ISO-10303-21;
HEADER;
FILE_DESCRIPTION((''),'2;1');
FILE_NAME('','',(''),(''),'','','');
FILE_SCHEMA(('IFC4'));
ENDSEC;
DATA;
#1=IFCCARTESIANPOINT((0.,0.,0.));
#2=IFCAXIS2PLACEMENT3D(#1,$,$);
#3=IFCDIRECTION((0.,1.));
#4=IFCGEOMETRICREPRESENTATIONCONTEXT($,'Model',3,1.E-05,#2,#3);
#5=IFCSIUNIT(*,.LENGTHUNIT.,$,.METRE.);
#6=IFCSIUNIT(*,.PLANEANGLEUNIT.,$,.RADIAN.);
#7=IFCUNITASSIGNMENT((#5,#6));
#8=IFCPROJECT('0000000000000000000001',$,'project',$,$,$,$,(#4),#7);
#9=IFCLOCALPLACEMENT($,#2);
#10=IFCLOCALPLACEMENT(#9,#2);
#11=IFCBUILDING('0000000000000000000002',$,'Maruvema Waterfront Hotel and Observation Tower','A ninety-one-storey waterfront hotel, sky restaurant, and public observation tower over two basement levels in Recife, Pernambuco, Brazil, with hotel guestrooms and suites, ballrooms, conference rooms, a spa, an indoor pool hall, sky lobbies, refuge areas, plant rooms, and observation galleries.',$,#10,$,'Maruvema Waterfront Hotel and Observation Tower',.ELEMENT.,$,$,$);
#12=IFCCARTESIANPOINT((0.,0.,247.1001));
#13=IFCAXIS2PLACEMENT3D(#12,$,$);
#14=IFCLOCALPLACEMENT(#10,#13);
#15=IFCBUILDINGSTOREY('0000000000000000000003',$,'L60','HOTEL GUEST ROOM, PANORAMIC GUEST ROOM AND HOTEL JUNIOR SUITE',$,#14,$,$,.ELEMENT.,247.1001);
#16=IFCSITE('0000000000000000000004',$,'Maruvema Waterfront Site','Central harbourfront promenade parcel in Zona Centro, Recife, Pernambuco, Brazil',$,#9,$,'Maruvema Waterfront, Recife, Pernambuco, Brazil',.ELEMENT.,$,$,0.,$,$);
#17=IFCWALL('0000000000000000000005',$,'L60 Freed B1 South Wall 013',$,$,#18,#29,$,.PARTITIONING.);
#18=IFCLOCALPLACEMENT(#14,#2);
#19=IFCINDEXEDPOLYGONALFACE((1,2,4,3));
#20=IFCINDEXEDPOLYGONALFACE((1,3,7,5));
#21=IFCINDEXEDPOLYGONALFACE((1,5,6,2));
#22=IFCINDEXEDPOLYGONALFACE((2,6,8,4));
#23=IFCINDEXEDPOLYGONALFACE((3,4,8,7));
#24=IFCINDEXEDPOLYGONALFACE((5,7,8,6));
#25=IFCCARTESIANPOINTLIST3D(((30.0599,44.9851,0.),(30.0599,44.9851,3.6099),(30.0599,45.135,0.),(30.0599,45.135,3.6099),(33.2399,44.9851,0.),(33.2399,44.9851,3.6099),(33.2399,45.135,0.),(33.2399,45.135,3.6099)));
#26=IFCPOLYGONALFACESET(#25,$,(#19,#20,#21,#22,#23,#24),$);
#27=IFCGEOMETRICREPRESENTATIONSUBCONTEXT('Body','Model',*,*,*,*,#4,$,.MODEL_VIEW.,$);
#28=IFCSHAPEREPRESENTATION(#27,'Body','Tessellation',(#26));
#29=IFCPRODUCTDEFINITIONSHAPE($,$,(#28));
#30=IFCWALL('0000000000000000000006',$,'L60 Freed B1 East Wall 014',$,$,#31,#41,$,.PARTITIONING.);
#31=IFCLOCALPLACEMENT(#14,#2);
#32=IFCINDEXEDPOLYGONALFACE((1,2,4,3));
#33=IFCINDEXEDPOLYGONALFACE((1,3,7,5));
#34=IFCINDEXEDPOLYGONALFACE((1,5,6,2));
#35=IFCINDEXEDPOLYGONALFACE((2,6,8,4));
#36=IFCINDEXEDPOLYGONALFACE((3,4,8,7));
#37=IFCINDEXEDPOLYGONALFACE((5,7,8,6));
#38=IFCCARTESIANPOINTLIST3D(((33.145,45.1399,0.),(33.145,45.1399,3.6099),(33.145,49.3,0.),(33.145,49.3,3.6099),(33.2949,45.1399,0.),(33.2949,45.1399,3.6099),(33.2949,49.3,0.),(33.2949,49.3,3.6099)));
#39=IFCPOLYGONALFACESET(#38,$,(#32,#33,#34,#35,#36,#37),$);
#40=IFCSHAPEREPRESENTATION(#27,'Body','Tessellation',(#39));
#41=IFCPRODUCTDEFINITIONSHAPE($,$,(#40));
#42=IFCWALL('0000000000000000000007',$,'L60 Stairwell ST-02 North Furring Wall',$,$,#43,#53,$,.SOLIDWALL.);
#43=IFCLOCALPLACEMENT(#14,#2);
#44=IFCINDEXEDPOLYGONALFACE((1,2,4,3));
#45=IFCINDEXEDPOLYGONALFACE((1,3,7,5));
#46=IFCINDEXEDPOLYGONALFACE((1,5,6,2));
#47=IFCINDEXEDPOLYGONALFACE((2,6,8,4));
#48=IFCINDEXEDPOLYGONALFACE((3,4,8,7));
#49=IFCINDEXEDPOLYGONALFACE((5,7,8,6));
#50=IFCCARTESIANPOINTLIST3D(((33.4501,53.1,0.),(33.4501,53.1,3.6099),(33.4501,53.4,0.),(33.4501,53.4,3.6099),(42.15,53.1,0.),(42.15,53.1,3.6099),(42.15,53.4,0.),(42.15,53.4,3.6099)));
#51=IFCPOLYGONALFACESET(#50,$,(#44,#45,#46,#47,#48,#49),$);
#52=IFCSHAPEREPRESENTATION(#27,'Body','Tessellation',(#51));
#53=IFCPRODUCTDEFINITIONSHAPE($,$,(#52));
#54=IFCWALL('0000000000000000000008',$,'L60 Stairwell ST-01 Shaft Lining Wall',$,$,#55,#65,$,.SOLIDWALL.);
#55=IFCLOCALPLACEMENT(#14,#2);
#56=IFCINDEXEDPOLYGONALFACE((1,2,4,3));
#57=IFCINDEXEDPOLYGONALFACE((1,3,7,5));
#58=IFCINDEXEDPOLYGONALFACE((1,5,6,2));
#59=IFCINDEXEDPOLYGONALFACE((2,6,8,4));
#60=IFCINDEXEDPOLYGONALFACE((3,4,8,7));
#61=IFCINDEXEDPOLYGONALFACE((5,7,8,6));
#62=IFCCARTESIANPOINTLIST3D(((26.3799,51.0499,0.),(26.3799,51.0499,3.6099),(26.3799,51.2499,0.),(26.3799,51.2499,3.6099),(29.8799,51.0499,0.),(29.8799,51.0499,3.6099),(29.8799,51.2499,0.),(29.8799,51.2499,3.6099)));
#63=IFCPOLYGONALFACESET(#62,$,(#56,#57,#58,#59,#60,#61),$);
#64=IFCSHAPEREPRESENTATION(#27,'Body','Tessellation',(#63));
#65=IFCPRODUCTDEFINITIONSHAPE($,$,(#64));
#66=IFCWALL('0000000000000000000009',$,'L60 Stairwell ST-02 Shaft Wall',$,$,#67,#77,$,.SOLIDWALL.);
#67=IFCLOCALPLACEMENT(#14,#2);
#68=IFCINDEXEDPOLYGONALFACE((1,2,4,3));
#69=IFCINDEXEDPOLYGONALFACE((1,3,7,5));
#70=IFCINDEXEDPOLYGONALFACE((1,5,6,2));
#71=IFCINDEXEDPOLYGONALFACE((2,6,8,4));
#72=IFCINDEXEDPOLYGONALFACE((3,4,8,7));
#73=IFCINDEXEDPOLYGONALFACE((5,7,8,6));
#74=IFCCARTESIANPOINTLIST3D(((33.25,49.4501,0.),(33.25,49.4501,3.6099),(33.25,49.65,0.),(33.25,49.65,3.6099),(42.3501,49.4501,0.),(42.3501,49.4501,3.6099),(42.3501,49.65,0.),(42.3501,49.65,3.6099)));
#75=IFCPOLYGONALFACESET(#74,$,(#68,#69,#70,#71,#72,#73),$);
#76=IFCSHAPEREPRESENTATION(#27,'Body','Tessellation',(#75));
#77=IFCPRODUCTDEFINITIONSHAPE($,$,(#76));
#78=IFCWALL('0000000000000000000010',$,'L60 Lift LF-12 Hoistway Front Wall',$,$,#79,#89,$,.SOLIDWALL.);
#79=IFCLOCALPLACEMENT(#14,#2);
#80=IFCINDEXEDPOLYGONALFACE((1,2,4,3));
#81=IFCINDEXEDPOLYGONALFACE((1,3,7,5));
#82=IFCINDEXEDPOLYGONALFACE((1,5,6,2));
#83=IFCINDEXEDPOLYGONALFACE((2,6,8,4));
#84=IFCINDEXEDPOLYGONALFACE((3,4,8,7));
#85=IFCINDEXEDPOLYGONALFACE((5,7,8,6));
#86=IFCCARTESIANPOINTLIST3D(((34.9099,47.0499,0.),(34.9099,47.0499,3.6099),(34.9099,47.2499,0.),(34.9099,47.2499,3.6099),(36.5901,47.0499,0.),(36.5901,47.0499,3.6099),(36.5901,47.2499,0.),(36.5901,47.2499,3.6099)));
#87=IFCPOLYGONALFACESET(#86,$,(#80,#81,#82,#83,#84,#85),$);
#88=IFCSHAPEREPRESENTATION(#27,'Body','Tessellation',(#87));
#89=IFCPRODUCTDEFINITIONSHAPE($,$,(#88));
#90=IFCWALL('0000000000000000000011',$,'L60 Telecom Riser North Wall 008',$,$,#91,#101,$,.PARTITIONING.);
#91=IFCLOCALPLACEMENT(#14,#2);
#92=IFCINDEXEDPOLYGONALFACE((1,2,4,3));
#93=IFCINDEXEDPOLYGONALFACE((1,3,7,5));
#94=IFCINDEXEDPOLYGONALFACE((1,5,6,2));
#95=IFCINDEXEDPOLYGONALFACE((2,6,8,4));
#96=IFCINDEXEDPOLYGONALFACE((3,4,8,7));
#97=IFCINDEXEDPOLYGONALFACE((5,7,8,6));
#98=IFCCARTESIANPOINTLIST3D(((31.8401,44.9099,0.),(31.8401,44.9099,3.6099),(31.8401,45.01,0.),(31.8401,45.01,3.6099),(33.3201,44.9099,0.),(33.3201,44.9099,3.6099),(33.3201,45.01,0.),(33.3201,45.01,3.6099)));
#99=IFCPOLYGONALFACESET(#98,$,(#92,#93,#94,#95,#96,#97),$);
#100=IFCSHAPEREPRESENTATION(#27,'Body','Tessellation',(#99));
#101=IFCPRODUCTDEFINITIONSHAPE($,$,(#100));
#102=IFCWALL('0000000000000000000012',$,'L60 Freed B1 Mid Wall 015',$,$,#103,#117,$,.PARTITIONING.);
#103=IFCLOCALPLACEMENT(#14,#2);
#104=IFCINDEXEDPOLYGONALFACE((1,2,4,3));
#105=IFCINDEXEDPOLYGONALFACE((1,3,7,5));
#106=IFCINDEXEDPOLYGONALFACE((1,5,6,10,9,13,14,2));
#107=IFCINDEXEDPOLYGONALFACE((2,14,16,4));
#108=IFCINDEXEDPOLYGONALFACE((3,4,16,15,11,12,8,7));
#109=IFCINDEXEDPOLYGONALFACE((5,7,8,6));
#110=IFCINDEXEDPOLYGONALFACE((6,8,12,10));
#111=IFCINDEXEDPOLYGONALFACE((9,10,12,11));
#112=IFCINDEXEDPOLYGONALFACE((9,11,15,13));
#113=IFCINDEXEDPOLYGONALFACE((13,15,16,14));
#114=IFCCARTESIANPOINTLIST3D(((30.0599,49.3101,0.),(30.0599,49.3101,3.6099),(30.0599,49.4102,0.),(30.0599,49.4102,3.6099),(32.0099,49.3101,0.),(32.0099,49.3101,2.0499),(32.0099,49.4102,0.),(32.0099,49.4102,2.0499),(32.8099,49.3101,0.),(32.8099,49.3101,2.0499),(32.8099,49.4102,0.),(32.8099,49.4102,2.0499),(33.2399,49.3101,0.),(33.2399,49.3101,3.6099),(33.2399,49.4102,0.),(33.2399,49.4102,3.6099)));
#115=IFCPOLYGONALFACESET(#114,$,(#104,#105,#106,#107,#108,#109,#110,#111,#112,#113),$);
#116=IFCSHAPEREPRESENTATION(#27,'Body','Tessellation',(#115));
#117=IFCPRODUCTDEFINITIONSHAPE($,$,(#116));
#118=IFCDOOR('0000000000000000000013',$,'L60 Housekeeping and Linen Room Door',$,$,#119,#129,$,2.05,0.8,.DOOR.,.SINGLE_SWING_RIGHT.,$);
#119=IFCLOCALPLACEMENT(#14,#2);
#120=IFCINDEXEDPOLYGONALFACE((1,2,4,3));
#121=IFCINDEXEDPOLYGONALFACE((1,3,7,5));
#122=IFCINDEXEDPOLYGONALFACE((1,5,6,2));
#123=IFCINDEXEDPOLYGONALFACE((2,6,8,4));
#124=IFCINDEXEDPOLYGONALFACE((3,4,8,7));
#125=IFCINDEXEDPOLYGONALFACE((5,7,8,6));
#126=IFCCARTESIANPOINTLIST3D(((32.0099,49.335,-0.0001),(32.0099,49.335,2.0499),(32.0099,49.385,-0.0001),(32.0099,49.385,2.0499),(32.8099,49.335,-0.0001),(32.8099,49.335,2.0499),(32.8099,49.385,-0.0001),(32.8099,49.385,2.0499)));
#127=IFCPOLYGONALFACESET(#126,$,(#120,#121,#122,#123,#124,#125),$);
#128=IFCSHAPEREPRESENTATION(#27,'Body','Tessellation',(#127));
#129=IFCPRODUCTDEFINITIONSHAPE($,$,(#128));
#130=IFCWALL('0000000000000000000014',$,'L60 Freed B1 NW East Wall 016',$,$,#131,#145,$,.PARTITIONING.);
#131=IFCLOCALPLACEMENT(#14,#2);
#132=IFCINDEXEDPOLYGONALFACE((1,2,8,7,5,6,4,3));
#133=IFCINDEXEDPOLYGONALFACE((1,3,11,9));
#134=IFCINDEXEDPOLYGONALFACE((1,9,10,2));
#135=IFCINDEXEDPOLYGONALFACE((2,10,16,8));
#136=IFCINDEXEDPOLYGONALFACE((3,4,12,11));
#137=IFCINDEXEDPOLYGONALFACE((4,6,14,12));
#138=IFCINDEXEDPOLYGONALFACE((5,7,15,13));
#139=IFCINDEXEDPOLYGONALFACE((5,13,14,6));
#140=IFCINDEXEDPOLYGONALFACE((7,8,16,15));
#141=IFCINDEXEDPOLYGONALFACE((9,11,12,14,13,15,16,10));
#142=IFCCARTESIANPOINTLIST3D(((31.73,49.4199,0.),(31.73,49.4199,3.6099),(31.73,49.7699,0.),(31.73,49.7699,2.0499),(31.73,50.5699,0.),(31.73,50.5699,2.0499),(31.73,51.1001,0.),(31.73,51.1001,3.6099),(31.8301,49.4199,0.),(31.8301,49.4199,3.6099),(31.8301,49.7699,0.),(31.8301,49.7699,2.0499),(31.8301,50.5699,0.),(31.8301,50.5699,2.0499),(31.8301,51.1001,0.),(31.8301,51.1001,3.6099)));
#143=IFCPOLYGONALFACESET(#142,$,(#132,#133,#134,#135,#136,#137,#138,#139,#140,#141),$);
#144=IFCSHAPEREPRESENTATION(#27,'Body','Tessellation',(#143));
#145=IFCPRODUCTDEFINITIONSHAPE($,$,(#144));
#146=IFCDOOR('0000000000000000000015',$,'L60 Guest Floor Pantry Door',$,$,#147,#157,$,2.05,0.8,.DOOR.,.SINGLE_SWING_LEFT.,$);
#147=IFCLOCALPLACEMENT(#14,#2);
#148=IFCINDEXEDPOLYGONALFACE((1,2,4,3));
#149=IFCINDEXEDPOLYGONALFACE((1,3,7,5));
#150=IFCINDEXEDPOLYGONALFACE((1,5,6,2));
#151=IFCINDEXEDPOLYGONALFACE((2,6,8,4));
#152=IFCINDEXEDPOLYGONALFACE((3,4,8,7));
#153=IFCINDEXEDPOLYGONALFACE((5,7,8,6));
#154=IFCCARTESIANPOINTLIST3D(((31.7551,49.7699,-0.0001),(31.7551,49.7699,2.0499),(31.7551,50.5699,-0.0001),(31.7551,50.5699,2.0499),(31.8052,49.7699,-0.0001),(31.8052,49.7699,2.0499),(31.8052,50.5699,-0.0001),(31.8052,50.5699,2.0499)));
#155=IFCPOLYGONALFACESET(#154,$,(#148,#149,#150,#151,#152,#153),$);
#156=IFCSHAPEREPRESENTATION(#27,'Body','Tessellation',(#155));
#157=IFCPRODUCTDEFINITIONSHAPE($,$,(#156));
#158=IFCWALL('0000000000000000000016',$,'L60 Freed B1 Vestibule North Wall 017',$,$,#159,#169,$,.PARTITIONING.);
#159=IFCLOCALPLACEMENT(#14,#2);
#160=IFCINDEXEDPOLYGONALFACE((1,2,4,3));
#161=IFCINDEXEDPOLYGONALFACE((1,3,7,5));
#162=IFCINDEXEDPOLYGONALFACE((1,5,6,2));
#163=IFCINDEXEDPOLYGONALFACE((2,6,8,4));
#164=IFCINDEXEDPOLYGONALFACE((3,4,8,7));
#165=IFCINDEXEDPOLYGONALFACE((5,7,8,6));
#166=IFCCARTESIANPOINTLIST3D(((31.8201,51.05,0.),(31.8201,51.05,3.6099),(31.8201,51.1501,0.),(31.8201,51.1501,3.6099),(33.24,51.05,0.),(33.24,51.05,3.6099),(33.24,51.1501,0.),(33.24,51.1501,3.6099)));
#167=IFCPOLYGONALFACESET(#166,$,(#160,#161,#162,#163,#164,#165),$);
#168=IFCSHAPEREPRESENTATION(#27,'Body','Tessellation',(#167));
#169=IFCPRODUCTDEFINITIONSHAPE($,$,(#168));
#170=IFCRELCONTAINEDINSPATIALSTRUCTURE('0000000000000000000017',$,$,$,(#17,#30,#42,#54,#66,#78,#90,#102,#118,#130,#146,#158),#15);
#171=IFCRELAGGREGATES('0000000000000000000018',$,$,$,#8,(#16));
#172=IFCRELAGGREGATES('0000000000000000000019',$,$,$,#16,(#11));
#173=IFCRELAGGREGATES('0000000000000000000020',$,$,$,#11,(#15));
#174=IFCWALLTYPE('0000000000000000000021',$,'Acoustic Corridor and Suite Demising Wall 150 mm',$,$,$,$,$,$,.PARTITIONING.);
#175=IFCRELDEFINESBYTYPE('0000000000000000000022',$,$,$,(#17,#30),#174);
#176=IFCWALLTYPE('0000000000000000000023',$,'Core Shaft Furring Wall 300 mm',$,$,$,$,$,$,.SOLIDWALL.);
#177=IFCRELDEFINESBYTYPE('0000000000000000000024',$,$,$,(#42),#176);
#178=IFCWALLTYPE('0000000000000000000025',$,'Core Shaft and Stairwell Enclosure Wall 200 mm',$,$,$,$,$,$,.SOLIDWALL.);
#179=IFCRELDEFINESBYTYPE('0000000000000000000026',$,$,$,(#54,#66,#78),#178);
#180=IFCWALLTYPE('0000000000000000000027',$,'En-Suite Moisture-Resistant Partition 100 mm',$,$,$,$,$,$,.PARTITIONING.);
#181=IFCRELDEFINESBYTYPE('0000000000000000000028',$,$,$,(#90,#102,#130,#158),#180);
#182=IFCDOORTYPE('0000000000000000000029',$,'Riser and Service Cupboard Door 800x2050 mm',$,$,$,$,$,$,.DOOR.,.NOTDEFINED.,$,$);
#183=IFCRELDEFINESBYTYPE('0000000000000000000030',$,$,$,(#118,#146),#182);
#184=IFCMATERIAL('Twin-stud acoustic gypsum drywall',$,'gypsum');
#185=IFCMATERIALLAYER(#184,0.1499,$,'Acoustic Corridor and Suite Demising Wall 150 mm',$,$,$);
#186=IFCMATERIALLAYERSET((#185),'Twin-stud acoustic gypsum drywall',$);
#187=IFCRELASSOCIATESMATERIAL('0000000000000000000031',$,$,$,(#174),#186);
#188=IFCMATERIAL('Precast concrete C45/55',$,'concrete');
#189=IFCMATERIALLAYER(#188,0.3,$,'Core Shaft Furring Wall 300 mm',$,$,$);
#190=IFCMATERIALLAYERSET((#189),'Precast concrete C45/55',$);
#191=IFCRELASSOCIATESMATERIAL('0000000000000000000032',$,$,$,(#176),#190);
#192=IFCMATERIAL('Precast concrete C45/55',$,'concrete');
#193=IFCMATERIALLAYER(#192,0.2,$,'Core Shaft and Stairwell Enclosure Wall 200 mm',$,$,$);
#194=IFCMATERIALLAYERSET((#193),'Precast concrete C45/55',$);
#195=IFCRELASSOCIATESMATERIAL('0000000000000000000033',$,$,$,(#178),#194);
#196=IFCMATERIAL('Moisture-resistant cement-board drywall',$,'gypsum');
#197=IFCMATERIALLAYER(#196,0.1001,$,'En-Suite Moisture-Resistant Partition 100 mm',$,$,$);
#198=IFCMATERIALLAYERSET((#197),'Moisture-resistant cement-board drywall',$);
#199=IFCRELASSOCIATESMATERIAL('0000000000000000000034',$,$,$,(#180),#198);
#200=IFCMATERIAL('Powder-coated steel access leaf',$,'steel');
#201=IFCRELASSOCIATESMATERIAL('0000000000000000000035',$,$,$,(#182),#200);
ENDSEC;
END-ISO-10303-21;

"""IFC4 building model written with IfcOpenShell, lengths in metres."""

from ifc_helpers import new_model, si_unit, direction, frame, frame_2d, origin, place, context, subcontext, project, spatial, rectangle, extrude, material, layer, layer_set, type_object, element, fill, save


model = new_model("IFC4")

# Units and contexts
model_context = context("Model", 3, precision=1e-05, world=origin(), true_north=direction((0.0, 1.0)))
body_context = subcontext(model_context, "Body", "Model", "MODEL_VIEW")
ifc_project = project(units=[si_unit("LENGTHUNIT", "METRE"), si_unit("PLANEANGLEUNIT", "RADIAN")], contexts=[model_context])

# Site, building, storey
site_placement = place(None, origin())
site = spatial("IfcSite", under=ifc_project, at=site_placement, Name="Maruvema Waterfront Site", Description="Central harbourfront promenade parcel in Zona Centro, Recife, Pernambuco, Brazil", LongName="Maruvema Waterfront, Recife, Pernambuco, Brazil", CompositionType="ELEMENT", RefElevation=0.0)
building_placement = place(site_placement, origin())
building = spatial("IfcBuilding", under=site, at=building_placement, Name="Maruvema Waterfront Hotel and Observation Tower", Description="A ninety-one-storey waterfront hotel, sky restaurant, and public observation tower over two basement levels in Recife, Pernambuco, Brazil, with hotel guestrooms and suites, ballrooms, conference rooms, a spa, an indoor pool hall, sky lobbies, refuge areas, plant rooms, and observation galleries.", LongName="Maruvema Waterfront Hotel and Observation Tower", CompositionType="ELEMENT")
storey_placement = place(building_placement, frame((0.0, 0.0, 247.1001)))
storey = spatial("IfcBuildingStorey", under=building, at=storey_placement, Name="L60", Description="HOTEL GUEST ROOM, PANORAMIC GUEST ROOM AND HOTEL JUNIOR SUITE", CompositionType="ELEMENT", Elevation=247.1001)

# Walls
ifc_material_1 = material(Name="Twin-stud acoustic gypsum drywall", Category="gypsum")
ifc_layer_1 = layer(ifc_material_1, 0.1499, Name="Acoustic Corridor and Suite Demising Wall 150 mm")
ifc_layer_set_1 = layer_set([ifc_layer_1], Name="Twin-stud acoustic gypsum drywall")
wall_type_1 = type_object("IfcWallType", Name="Acoustic Corridor and Suite Demising Wall 150 mm", PredefinedType="PARTITIONING", material=ifc_layer_set_1)
wall_1_placement = place(storey_placement, frame((30.0601, 45.0601, 0.0), z_axis=(0.0, 0.0, 1.0), x_axis=(1.0, 0.0, 0.0)))
element("IfcWall", 1, at=wall_1_placement, inside=storey, type_object=wall_type_1, Name="L60 Freed B1 South Wall 013", PredefinedType="PARTITIONING", context=body_context, shape_type="SweptSolid", body=[
    extrude(rectangle(XDim=3.1799, YDim=0.1499, at=frame_2d((1.5898, 0.0))), origin(), (0.0, 0.0, 1.0), 3.6099),
])
wall_2_placement = place(storey_placement, frame((33.22, 45.1399, 0.0), z_axis=(0.0, 0.0, 1.0), x_axis=(0.0, 1.0, 0.0)))
element("IfcWall", 2, at=wall_2_placement, inside=storey, type_object=wall_type_1, Name="L60 Freed B1 East Wall 014", PredefinedType="PARTITIONING", context=body_context, shape_type="SweptSolid", body=[
    extrude(rectangle(XDim=4.1602, YDim=0.1499, at=frame_2d((2.0801, 0.0))), origin(), (0.0, 0.0, 1.0), 3.6099),
])
ifc_material_2 = material(Name="Precast concrete C45/55", Category="concrete")
ifc_layer_2 = layer(ifc_material_2, 0.3, Name="Core Shaft Furring Wall 300 mm")
ifc_layer_set_2 = layer_set([ifc_layer_2], Name="Precast concrete C45/55")
wall_type_2 = type_object("IfcWallType", Name="Core Shaft Furring Wall 300 mm", PredefinedType="SOLIDWALL", material=ifc_layer_set_2)
wall_3_placement = place(storey_placement, frame((33.45, 53.25, 0.0), z_axis=(0.0, 0.0, 1.0), x_axis=(1.0, 0.0, 0.0)))
element("IfcWall", 3, at=wall_3_placement, inside=storey, type_object=wall_type_2, Name="L60 Stairwell ST-02 North Furring Wall", PredefinedType="SOLIDWALL", context=body_context, shape_type="SweptSolid", body=[
    extrude(rectangle(XDim=8.7, YDim=0.3, at=frame_2d((4.3501, 0.0))), origin(), (0.0, 0.0, 1.0), 3.6099),
])
ifc_material_3 = material(Name="Precast concrete C45/55", Category="concrete")
ifc_layer_3 = layer(ifc_material_3, 0.2, Name="Core Shaft and Stairwell Enclosure Wall 200 mm")
ifc_layer_set_3 = layer_set([ifc_layer_3], Name="Precast concrete C45/55")
wall_type_3 = type_object("IfcWallType", Name="Core Shaft and Stairwell Enclosure Wall 200 mm", PredefinedType="SOLIDWALL", material=ifc_layer_set_3)
wall_4_placement = place(storey_placement, frame((26.3799, 51.1499, 0.0), z_axis=(0.0, 0.0, 1.0), x_axis=(1.0, 0.0, 0.0)))
element("IfcWall", 4, at=wall_4_placement, inside=storey, type_object=wall_type_3, Name="L60 Stairwell ST-01 Shaft Lining Wall", PredefinedType="SOLIDWALL", context=body_context, shape_type="SweptSolid", body=[
    extrude(rectangle(XDim=3.5, YDim=0.2, at=frame_2d((1.75, 0.0))), origin(), (0.0, 0.0, 1.0), 3.6099),
])
wall_5_placement = place(storey_placement, frame((33.25, 49.55, 0.0), z_axis=(0.0, 0.0, 1.0), x_axis=(1.0, 0.0, 0.0)))
element("IfcWall", 5, at=wall_5_placement, inside=storey, type_object=wall_type_3, Name="L60 Stairwell ST-02 Shaft Wall", PredefinedType="SOLIDWALL", context=body_context, shape_type="SweptSolid", body=[
    extrude(rectangle(XDim=9.1001, YDim=0.2, at=frame_2d((4.55, 0.0))), origin(), (0.0, 0.0, 1.0), 3.6099),
])

# Walls
wall_6_placement = place(storey_placement, frame((34.9099, 47.1499, 0.0), z_axis=(0.0, 0.0, 1.0), x_axis=(1.0, 0.0, 0.0)))
element("IfcWall", 6, at=wall_6_placement, inside=storey, type_object=wall_type_3, Name="L60 Lift LF-12 Hoistway Front Wall", PredefinedType="SOLIDWALL", context=body_context, shape_type="SweptSolid", body=[
    extrude(rectangle(XDim=1.6802, YDim=0.2, at=frame_2d((0.8401, 0.0))), origin(), (0.0, 0.0, 1.0), 3.6099),
])
ifc_material_4 = material(Name="Moisture-resistant cement-board drywall", Category="gypsum")
ifc_layer_4 = layer(ifc_material_4, 0.1001, Name="En-Suite Moisture-Resistant Partition 100 mm")
ifc_layer_set_4 = layer_set([ifc_layer_4], Name="Moisture-resistant cement-board drywall")
wall_type_4 = type_object("IfcWallType", Name="En-Suite Moisture-Resistant Partition 100 mm", PredefinedType="PARTITIONING", material=ifc_layer_set_4)
wall_7_placement = place(storey_placement, frame((31.8401, 44.96, 0.0), z_axis=(0.0, 0.0, 1.0), x_axis=(1.0, 0.0, 0.0)))
element("IfcWall", 7, at=wall_7_placement, inside=storey, type_object=wall_type_4, Name="L60 Telecom Riser North Wall 008", PredefinedType="PARTITIONING", context=body_context, shape_type="SweptSolid", body=[
    extrude(rectangle(XDim=1.48, YDim=0.1001, at=frame_2d((0.74, 0.0))), origin(), (0.0, 0.0, 1.0), 3.6099),
])

# Walls, openings, doors
wall_8_placement = place(storey_placement, frame((30.0601, 49.3601, 0.0), z_axis=(0.0, 0.0, 1.0), x_axis=(1.0, 0.0, 0.0)))
wall_8 = element("IfcWall", 8, at=wall_8_placement, inside=storey, type_object=wall_type_4, Name="L60 Freed B1 Mid Wall 015", PredefinedType="PARTITIONING", context=body_context, shape_type="SweptSolid", body=[
    extrude(rectangle(XDim=3.1799, YDim=0.1001, at=frame_2d((1.5898, 0.0))), origin(), (0.0, 0.0, 1.0), 3.6099),
])
opening_1_placement = place(wall_8_placement, frame((1.95, 0.0, 0.0)))
opening_1 = element("IfcOpeningElement", 9, at=opening_1_placement, cuts=wall_8, PredefinedType="OPENING", context=body_context, shape_type="SweptSolid", body=[
    extrude(rectangle(XDim=0.8, YDim=2.05, at=frame_2d((0.3999, 1.0249))), frame((0.0, 0.0601, 0.0), z_axis=(0.0, -1.0, 0.0), x_axis=(1.0, 0.0, 0.0)), (0.0, 0.0, 1.0), 0.1201),
])
ifc_material_5 = material(Name="Powder-coated steel access leaf", Category="steel")
door_type_1 = type_object("IfcDoorType", Name="Riser and Service Cupboard Door 800x2050 mm", OperationType="NOTDEFINED", PredefinedType="DOOR", material=ifc_material_5)
door_1_placement = place(opening_1_placement, origin())
door_1 = element("IfcDoor", 10, at=door_1_placement, inside=storey, type_object=door_type_1, Name="L60 Housekeeping and Linen Room Door", OperationType="SINGLE_SWING_RIGHT", OverallHeight=2.05, OverallWidth=0.8, PredefinedType="DOOR", context=body_context, shape_type="SweptSolid", body=[
    extrude(rectangle(XDim=0.8, YDim=2.05, at=frame_2d((0.3999, 1.0249))), frame((0.0, 0.0249, 0.0), z_axis=(0.0, -1.0, 0.0), x_axis=(1.0, 0.0, 0.0)), (0.0, 0.0, 1.0), 0.05),
])
fill(opening_1, door_1)
wall_9_placement = place(storey_placement, frame((31.78, 49.4199, 0.0), z_axis=(0.0, 0.0, 1.0), x_axis=(0.0, 1.0, 0.0)))
wall_9 = element("IfcWall", 11, at=wall_9_placement, inside=storey, type_object=wall_type_4, Name="L60 Freed B1 NW East Wall 016", PredefinedType="PARTITIONING", context=body_context, shape_type="SweptSolid", body=[
    extrude(rectangle(XDim=1.6802, YDim=0.1001, at=frame_2d((0.8401, 0.0))), origin(), (0.0, 0.0, 1.0), 3.6099),
])
opening_2_placement = place(wall_9_placement, frame((0.3501, 0.0, 0.0)))
opening_2 = element("IfcOpeningElement", 12, at=opening_2_placement, cuts=wall_9, PredefinedType="OPENING", context=body_context, shape_type="SweptSolid", body=[
    extrude(rectangle(XDim=0.8, YDim=2.05, at=frame_2d((0.3999, 1.0249))), frame((0.0, 0.0601, 0.0), z_axis=(0.0, -1.0, 0.0), x_axis=(1.0, 0.0, 0.0)), (0.0, 0.0, 1.0), 0.1201),
])
door_2_placement = place(opening_2_placement, origin())
door_2 = element("IfcDoor", 13, at=door_2_placement, inside=storey, type_object=door_type_1, Name="L60 Guest Floor Pantry Door", OperationType="SINGLE_SWING_LEFT", OverallHeight=2.05, OverallWidth=0.8, PredefinedType="DOOR", context=body_context, shape_type="SweptSolid", body=[
    extrude(rectangle(XDim=0.8, YDim=2.05, at=frame_2d((0.3999, 1.0249))), frame((0.0, 0.0249, 0.0), z_axis=(0.0, -1.0, 0.0), x_axis=(1.0, 0.0, 0.0)), (0.0, 0.0, 1.0), 0.05),
])
fill(opening_2, door_2)

# Wall
wall_10_placement = place(storey_placement, frame((31.8201, 51.1001, 0.0), z_axis=(0.0, 0.0, 1.0), x_axis=(1.0, 0.0, 0.0)))
element("IfcWall", 14, at=wall_10_placement, inside=storey, type_object=wall_type_4, Name="L60 Freed B1 Vestibule North Wall 017", PredefinedType="PARTITIONING", context=body_context, shape_type="SweptSolid", body=[
    extrude(rectangle(XDim=1.4199, YDim=0.1001, at=frame_2d((0.71, 0.0))), origin(), (0.0, 0.0, 1.0), 3.6099),
])

save(model, "model.ifc")
